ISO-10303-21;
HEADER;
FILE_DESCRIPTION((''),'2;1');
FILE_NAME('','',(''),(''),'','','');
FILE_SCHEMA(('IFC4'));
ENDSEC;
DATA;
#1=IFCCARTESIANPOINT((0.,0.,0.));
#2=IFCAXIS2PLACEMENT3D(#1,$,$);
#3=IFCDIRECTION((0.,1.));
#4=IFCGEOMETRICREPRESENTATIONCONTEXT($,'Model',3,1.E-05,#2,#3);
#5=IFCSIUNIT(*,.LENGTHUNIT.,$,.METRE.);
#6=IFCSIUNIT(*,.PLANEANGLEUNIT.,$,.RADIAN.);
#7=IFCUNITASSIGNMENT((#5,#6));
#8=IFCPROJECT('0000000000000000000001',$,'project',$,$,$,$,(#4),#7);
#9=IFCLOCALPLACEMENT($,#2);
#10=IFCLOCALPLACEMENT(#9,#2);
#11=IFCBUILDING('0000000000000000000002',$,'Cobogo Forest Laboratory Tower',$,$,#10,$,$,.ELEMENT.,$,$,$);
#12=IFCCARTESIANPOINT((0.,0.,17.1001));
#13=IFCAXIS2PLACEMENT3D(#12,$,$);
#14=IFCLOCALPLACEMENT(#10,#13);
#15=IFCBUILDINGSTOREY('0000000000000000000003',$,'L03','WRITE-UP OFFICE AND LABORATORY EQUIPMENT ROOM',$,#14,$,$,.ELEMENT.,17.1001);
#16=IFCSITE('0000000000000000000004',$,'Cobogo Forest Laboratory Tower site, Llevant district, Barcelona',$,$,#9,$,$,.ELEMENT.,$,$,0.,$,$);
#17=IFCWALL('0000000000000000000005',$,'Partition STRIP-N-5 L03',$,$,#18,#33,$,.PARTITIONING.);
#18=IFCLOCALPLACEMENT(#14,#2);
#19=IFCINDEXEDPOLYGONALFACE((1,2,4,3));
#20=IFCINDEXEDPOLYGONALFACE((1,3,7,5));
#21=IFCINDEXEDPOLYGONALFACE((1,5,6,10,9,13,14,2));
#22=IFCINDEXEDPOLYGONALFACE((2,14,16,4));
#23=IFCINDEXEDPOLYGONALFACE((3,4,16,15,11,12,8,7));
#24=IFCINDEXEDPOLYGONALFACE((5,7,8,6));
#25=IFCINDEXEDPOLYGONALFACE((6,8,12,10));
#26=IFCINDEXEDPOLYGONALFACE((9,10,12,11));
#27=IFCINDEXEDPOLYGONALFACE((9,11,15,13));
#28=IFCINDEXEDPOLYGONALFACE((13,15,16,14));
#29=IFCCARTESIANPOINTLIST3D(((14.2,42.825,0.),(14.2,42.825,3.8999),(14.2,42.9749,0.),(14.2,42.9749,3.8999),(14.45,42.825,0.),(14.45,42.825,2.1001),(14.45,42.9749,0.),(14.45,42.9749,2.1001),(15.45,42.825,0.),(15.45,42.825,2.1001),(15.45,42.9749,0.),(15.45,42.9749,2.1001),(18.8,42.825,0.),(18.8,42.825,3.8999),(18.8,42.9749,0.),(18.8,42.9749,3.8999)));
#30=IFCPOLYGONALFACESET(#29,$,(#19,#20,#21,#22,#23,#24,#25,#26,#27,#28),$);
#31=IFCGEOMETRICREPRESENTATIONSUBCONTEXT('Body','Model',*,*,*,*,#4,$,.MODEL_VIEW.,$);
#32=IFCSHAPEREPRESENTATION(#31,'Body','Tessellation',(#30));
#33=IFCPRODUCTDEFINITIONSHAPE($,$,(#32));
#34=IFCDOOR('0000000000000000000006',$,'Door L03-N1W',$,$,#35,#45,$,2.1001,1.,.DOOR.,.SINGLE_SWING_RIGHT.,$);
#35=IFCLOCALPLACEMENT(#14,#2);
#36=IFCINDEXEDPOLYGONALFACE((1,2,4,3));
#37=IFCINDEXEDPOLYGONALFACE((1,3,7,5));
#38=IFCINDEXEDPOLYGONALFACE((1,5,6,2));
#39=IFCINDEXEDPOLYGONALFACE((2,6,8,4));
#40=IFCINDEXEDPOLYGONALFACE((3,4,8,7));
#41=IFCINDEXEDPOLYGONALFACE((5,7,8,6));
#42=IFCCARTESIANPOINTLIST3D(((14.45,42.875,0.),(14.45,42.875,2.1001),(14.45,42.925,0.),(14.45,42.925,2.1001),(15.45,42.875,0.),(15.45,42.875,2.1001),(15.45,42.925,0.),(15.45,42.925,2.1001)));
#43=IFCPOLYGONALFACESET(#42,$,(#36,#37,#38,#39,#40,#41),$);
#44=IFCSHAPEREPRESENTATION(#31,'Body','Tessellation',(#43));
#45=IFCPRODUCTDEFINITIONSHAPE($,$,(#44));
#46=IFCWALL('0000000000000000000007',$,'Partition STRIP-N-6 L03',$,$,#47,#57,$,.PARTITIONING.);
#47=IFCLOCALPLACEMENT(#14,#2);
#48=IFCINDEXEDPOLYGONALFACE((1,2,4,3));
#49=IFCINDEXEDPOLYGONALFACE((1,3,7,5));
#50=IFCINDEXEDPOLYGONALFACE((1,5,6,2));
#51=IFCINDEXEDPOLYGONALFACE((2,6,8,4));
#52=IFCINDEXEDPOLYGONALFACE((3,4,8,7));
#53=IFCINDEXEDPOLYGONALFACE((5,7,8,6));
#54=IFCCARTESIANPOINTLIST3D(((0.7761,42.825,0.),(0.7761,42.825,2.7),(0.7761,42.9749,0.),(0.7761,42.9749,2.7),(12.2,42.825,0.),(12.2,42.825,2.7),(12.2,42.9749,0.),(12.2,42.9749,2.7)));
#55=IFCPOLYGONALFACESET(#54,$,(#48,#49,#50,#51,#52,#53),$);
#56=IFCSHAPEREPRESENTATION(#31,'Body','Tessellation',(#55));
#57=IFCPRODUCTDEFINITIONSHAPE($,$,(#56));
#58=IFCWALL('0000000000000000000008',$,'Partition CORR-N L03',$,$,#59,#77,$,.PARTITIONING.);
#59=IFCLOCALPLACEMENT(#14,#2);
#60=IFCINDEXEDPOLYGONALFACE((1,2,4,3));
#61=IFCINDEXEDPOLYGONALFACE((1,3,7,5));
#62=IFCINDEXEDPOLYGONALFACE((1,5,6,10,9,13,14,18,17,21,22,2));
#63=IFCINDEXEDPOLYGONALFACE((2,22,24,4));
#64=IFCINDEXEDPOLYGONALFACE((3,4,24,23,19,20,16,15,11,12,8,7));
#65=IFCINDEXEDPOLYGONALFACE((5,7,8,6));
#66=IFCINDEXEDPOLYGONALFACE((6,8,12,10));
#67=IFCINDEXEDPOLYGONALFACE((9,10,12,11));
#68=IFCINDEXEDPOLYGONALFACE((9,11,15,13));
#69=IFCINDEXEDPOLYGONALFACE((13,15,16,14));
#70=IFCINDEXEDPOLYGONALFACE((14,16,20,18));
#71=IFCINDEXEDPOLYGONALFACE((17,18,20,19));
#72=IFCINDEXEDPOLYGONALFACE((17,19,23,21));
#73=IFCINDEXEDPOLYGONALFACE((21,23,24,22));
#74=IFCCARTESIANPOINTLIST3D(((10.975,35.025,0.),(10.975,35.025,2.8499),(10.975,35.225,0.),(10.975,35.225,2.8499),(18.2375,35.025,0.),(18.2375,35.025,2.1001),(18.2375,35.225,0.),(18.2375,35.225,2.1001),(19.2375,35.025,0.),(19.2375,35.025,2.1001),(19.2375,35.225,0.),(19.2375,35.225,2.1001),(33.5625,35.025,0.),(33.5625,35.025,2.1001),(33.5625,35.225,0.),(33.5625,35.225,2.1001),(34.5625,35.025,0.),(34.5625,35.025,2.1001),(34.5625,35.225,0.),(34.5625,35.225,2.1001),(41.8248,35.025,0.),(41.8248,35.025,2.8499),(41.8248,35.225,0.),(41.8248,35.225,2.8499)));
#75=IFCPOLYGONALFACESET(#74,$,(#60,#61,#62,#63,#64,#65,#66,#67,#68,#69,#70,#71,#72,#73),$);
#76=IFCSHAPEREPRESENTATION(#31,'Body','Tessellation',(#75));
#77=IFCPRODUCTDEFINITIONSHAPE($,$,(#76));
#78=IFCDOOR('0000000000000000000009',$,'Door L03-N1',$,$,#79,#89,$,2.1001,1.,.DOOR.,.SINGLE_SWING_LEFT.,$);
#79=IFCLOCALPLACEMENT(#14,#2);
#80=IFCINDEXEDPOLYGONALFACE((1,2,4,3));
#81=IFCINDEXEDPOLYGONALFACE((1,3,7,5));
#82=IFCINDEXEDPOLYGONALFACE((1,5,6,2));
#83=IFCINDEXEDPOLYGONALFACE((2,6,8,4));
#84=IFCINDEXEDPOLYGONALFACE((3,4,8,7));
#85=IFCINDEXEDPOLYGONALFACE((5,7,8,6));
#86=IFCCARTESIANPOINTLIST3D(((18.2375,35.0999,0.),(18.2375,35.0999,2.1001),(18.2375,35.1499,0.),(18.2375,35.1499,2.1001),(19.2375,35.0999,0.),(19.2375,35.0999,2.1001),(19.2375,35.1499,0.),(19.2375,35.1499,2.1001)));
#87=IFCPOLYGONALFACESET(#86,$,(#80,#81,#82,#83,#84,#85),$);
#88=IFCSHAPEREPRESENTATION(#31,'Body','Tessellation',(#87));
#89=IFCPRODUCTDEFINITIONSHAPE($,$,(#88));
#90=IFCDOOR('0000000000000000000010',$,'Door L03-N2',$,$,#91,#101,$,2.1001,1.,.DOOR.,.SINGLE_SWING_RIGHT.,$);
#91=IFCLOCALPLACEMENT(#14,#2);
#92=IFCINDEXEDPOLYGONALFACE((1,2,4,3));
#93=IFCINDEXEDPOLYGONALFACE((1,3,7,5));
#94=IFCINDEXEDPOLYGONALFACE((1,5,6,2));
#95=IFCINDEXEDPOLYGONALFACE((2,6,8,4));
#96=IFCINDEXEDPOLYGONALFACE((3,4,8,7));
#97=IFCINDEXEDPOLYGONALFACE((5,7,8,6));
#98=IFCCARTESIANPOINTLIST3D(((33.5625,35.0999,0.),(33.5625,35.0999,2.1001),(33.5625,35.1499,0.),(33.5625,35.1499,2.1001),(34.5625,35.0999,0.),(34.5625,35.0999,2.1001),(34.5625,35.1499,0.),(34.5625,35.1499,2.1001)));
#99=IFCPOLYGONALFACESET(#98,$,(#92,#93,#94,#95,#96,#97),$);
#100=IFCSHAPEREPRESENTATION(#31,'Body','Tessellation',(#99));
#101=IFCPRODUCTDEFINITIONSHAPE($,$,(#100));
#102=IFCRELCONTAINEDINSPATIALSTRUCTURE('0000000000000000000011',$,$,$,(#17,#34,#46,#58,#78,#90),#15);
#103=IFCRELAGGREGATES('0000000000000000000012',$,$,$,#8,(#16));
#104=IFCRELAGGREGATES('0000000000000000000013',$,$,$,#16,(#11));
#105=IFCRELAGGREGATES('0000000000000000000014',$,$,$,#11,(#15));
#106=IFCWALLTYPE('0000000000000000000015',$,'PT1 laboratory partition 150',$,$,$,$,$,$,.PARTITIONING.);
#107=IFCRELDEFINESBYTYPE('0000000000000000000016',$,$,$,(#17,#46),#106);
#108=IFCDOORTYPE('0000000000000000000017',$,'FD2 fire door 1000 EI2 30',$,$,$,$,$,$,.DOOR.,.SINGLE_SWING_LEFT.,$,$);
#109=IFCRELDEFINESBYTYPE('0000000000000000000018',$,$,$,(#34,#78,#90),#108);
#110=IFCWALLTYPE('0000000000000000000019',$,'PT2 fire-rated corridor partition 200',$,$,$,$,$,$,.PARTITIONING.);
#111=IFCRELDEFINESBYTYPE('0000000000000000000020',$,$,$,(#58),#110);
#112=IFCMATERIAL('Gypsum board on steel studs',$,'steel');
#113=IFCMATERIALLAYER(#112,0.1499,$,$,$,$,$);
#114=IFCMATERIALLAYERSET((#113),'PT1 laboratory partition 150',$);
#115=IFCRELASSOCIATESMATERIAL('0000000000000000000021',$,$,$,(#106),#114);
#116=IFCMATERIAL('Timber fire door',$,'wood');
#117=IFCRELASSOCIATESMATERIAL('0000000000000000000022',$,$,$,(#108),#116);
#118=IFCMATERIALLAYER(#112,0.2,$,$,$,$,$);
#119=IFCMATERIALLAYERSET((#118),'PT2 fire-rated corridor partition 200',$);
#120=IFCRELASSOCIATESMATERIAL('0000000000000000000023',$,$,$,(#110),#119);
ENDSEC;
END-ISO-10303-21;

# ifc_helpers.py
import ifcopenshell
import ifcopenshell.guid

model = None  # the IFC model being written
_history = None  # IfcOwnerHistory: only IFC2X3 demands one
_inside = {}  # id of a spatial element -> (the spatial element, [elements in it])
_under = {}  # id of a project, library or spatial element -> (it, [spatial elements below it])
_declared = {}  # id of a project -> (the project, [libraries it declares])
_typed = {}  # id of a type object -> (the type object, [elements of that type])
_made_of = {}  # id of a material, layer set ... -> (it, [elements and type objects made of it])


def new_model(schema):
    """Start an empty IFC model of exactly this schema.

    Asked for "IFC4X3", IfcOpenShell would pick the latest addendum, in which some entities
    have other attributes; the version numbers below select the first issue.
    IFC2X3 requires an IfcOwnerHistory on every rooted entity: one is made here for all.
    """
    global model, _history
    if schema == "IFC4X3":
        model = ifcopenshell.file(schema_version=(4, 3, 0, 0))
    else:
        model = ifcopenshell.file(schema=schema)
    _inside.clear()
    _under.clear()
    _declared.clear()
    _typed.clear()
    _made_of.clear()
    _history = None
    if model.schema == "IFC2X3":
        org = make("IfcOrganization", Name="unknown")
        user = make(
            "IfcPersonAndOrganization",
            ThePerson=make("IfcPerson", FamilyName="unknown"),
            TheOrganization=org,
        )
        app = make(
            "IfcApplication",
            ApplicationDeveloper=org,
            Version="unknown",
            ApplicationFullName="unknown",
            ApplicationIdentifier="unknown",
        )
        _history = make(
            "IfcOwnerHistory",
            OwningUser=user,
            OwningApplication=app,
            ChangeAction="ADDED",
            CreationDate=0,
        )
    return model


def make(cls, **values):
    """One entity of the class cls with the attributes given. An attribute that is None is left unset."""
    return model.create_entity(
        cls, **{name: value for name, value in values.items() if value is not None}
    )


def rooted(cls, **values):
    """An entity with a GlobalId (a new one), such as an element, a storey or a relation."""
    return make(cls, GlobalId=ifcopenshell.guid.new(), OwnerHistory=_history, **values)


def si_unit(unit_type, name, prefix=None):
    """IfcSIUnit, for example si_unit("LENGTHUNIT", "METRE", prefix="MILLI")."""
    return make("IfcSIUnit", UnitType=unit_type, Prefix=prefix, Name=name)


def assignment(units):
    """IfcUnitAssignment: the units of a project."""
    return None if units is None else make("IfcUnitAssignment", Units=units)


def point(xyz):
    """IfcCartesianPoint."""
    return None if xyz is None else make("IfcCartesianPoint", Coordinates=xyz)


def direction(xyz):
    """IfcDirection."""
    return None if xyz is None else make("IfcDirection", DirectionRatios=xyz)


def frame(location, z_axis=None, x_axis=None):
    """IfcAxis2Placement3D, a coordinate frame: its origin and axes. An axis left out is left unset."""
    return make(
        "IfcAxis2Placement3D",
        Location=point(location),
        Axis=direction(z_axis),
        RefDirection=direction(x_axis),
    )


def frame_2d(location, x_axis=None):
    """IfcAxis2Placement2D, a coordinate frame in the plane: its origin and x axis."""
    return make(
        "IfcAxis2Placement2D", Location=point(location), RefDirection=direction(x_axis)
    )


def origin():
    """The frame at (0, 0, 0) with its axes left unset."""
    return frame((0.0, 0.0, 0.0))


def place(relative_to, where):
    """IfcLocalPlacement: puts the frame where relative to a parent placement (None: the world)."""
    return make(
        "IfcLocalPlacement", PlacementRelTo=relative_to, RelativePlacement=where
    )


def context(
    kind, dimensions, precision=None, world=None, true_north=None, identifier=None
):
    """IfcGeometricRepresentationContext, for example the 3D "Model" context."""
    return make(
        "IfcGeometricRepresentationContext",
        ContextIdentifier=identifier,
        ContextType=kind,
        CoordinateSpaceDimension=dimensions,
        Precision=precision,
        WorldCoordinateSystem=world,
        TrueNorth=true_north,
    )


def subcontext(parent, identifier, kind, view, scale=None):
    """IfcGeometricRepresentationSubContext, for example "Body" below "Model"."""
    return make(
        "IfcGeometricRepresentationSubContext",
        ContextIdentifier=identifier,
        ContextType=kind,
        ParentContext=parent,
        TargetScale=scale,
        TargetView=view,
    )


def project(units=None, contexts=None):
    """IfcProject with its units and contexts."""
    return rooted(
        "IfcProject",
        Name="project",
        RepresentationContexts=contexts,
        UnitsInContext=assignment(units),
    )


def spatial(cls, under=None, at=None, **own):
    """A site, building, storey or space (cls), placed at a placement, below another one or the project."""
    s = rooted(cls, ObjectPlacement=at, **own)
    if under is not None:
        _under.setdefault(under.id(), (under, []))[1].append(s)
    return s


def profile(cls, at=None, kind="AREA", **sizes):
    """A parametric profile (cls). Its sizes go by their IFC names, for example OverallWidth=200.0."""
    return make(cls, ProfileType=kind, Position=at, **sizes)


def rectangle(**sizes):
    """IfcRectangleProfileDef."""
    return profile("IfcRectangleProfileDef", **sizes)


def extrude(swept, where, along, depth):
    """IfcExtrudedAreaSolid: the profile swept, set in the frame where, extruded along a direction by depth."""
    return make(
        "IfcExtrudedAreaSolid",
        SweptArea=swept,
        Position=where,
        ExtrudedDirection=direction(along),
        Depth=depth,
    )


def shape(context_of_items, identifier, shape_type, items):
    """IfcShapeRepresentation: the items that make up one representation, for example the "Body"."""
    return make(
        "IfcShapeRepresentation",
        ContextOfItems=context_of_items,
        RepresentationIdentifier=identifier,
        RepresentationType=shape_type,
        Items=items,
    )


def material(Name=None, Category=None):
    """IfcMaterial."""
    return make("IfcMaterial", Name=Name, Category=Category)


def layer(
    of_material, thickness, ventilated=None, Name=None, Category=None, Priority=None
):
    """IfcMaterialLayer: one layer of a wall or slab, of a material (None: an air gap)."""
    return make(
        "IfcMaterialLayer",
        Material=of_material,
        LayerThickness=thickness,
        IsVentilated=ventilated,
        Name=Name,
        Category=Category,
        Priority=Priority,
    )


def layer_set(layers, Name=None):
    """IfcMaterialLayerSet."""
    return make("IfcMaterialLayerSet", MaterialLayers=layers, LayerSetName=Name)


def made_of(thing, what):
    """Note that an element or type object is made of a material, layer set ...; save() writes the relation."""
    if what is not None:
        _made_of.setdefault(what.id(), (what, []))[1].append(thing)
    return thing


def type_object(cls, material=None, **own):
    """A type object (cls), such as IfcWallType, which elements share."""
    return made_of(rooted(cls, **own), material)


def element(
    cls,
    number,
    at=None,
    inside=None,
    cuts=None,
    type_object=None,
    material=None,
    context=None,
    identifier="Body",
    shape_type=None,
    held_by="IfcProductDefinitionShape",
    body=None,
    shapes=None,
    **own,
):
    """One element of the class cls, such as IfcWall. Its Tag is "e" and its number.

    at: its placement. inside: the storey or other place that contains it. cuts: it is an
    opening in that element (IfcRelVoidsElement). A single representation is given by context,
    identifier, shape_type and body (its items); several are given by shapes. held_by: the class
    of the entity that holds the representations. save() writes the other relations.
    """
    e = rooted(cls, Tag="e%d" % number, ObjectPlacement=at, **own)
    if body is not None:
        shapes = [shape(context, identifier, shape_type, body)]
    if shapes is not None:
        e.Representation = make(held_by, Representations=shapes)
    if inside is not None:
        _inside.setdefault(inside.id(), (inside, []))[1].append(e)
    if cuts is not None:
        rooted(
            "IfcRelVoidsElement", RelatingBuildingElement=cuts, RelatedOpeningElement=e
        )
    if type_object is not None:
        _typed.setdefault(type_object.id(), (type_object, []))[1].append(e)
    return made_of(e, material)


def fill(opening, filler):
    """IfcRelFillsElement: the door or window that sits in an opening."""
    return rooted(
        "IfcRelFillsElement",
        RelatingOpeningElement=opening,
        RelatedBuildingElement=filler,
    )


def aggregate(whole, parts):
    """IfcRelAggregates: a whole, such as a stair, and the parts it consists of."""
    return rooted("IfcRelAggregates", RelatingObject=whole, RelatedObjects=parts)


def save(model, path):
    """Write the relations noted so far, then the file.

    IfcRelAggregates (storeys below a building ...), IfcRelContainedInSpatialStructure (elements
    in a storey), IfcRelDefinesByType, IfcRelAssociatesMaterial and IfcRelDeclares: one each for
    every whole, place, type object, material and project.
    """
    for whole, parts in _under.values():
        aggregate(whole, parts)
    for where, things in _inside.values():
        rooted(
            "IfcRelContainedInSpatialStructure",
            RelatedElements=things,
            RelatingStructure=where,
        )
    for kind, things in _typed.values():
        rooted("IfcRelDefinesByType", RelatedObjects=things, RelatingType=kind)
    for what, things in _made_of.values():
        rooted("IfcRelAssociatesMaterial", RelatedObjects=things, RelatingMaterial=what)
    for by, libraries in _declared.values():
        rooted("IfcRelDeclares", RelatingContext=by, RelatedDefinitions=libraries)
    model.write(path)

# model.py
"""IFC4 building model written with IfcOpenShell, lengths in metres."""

from ifc_helpers import new_model, si_unit, direction, frame, frame_2d, origin, place, context, subcontext, project, spatial, rectangle, extrude, material, layer, layer_set, type_object, element, fill, save


model = new_model("IFC4")

# Units and contexts
model_context = context("Model", 3, precision=1e-05, world=origin(), true_north=direction((0.0, 1.0)))
body_context = subcontext(model_context, "Body", "Model", "MODEL_VIEW")
ifc_project = project(units=[si_unit("LENGTHUNIT", "METRE"), si_unit("PLANEANGLEUNIT", "RADIAN")], contexts=[model_context])

# Site, building, storey
site_placement = place(None, origin())
site = spatial("IfcSite", under=ifc_project, at=site_placement, Name="Cobogo Forest Laboratory Tower site, Llevant district, Barcelona", CompositionType="ELEMENT", RefElevation=0.0)
building_placement = place(site_placement, origin())
building = spatial("IfcBuilding", under=site, at=building_placement, Name="Cobogo Forest Laboratory Tower", CompositionType="ELEMENT")
storey_placement = place(building_placement, frame((0.0, 0.0, 17.1001)))
storey = spatial("IfcBuildingStorey", under=building, at=storey_placement, Name="L03", Description="WRITE-UP OFFICE AND LABORATORY EQUIPMENT ROOM", CompositionType="ELEMENT", Elevation=17.1001)

# Wall, opening, door
ifc_material_1 = material(Name="Gypsum board on steel studs", Category="steel")
ifc_layer_1 = layer(ifc_material_1, 0.1499)
ifc_layer_set_1 = layer_set([ifc_layer_1], Name="PT1 laboratory partition 150")
wall_type_1 = type_object("IfcWallType", Name="PT1 laboratory partition 150", PredefinedType="PARTITIONING", material=ifc_layer_set_1)
wall_1_placement = place(storey_placement, frame((18.8, 42.8999, 0.0), z_axis=(0.0, 0.0, 1.0), x_axis=(-1.0, 0.0, 0.0)))
wall_1 = element("IfcWall", 1, at=wall_1_placement, inside=storey, type_object=wall_type_1, Name="Partition STRIP-N-5 L03", PredefinedType="PARTITIONING", context=body_context, shape_type="SweptSolid", body=[
    extrude(rectangle(XDim=4.6001, YDim=0.1499, at=frame_2d((2.3, 0.0))), origin(), (0.0, 0.0, 1.0), 3.8999),
])
opening_1_placement = place(wall_1_placement, frame((3.3501, 0.0, 0.0)))
opening_1 = element("IfcOpeningElement", 2, at=opening_1_placement, cuts=wall_1, PredefinedType="OPENING", context=body_context, shape_type="SweptSolid", body=[
    extrude(rectangle(XDim=1.0, YDim=2.1001, at=frame_2d((0.5, 1.05))), frame((0.0, 0.085, 0.0), z_axis=(0.0, -1.0, 0.0), x_axis=(1.0, 0.0, 0.0)), (0.0, 0.0, 1.0), 0.1699),
])
ifc_material_2 = material(Name="Timber fire door", Category="wood")
door_type = type_object("IfcDoorType", Name="FD2 fire door 1000 EI2 30", OperationType="SINGLE_SWING_LEFT", PredefinedType="DOOR", material=ifc_material_2)
door_1_placement = place(opening_1_placement, origin())
door_1 = element("IfcDoor", 3, at=door_1_placement, inside=storey, type_object=door_type, Name="Door L03-N1W", OperationType="SINGLE_SWING_RIGHT", OverallHeight=2.1001, OverallWidth=1.0, PredefinedType="DOOR", context=body_context, shape_type="SweptSolid", body=[
    extrude(rectangle(XDim=1.0, YDim=2.1001, at=frame_2d((0.5, 1.05))), frame((0.0, 0.0249, 0.0), z_axis=(0.0, -1.0, 0.0), x_axis=(1.0, 0.0, 0.0)), (0.0, 0.0, 1.0), 0.05),
])
fill(opening_1, door_1)

# Wall
wall_2_placement = place(storey_placement, frame((12.2, 42.8999, 0.0), z_axis=(0.0, 0.0, 1.0), x_axis=(-1.0, 0.0, 0.0)))
element("IfcWall", 4, at=wall_2_placement, inside=storey, type_object=wall_type_1, Name="Partition STRIP-N-6 L03", PredefinedType="PARTITIONING", context=body_context, shape_type="SweptSolid", body=[
    extrude(rectangle(XDim=11.4238, YDim=0.1499, at=frame_2d((5.7119, 0.0))), origin(), (0.0, 0.0, 1.0), 2.7),
])

# Wall, openings, doors
ifc_layer_2 = layer(ifc_material_1, 0.2)
ifc_layer_set_2 = layer_set([ifc_layer_2], Name="PT2 fire-rated corridor partition 200")
wall_type_2 = type_object("IfcWallType", Name="PT2 fire-rated corridor partition 200", PredefinedType="PARTITIONING", material=ifc_layer_set_2)
wall_3_placement = place(storey_placement, frame((10.9751, 35.125, 0.0), z_axis=(0.0, 0.0, 1.0), x_axis=(1.0, 0.0, 0.0)))
wall_3 = element("IfcWall", 5, at=wall_3_placement, inside=storey, type_object=wall_type_2, Name="Partition CORR-N L03", PredefinedType="PARTITIONING", context=body_context, shape_type="SweptSolid", body=[
    extrude(rectangle(XDim=30.8499, YDim=0.2, at=frame_2d((15.4248, 0.0))), origin(), (0.0, 0.0, 1.0), 2.8499),
])
opening_2_placement = place(wall_3_placement, frame((7.2625, 0.0, 0.0)))
opening_2 = element("IfcOpeningElement", 6, at=opening_2_placement, cuts=wall_3, PredefinedType="OPENING", context=body_context, shape_type="SweptSolid", body=[
    extrude(rectangle(XDim=1.0, YDim=2.1001, at=frame_2d((0.5, 1.05))), frame((0.0, 0.1099, 0.0), z_axis=(0.0, -1.0, 0.0), x_axis=(1.0, 0.0, 0.0)), (0.0, 0.0, 1.0), 0.22),
])
opening_3_placement = place(wall_3_placement, frame((22.5874, 0.0, 0.0)))
opening_3 = element("IfcOpeningElement", 7, at=opening_3_placement, cuts=wall_3, PredefinedType="OPENING", context=body_context, shape_type="SweptSolid", body=[
    extrude(rectangle(XDim=1.0, YDim=2.1001, at=frame_2d((0.5, 1.05))), frame((0.0, 0.1099, 0.0), z_axis=(0.0, -1.0, 0.0), x_axis=(1.0, 0.0, 0.0)), (0.0, 0.0, 1.0), 0.22),
])
door_2_placement = place(opening_2_placement, origin())
door_2 = element("IfcDoor", 8, at=door_2_placement, inside=storey, type_object=door_type, Name="Door L03-N1", OperationType="SINGLE_SWING_LEFT", OverallHeight=2.1001, OverallWidth=1.0, PredefinedType="DOOR", context=body_context, shape_type="SweptSolid", body=[
    extrude(rectangle(XDim=1.0, YDim=2.1001, at=frame_2d((0.5, 1.05))), frame((0.0, 0.0249, 0.0), z_axis=(0.0, -1.0, 0.0), x_axis=(1.0, 0.0, 0.0)), (0.0, 0.0, 1.0), 0.05),
])
fill(opening_2, door_2)
door_3_placement = place(opening_3_placement, origin())
door_3 = element("IfcDoor", 9, at=door_3_placement, inside=storey, type_object=door_type, Name="Door L03-N2", OperationType="SINGLE_SWING_RIGHT", OverallHeight=2.1001, OverallWidth=1.0, PredefinedType="DOOR", context=body_context, shape_type="SweptSolid", body=[
    extrude(rectangle(XDim=1.0, YDim=2.1001, at=frame_2d((0.5, 1.05))), frame((0.0, 0.0249, 0.0), z_axis=(0.0, -1.0, 0.0), x_axis=(1.0, 0.0, 0.0)), (0.0, 0.0, 1.0), 0.05),
])
fill(opening_3, door_3)

save(model, "model.ifc")
